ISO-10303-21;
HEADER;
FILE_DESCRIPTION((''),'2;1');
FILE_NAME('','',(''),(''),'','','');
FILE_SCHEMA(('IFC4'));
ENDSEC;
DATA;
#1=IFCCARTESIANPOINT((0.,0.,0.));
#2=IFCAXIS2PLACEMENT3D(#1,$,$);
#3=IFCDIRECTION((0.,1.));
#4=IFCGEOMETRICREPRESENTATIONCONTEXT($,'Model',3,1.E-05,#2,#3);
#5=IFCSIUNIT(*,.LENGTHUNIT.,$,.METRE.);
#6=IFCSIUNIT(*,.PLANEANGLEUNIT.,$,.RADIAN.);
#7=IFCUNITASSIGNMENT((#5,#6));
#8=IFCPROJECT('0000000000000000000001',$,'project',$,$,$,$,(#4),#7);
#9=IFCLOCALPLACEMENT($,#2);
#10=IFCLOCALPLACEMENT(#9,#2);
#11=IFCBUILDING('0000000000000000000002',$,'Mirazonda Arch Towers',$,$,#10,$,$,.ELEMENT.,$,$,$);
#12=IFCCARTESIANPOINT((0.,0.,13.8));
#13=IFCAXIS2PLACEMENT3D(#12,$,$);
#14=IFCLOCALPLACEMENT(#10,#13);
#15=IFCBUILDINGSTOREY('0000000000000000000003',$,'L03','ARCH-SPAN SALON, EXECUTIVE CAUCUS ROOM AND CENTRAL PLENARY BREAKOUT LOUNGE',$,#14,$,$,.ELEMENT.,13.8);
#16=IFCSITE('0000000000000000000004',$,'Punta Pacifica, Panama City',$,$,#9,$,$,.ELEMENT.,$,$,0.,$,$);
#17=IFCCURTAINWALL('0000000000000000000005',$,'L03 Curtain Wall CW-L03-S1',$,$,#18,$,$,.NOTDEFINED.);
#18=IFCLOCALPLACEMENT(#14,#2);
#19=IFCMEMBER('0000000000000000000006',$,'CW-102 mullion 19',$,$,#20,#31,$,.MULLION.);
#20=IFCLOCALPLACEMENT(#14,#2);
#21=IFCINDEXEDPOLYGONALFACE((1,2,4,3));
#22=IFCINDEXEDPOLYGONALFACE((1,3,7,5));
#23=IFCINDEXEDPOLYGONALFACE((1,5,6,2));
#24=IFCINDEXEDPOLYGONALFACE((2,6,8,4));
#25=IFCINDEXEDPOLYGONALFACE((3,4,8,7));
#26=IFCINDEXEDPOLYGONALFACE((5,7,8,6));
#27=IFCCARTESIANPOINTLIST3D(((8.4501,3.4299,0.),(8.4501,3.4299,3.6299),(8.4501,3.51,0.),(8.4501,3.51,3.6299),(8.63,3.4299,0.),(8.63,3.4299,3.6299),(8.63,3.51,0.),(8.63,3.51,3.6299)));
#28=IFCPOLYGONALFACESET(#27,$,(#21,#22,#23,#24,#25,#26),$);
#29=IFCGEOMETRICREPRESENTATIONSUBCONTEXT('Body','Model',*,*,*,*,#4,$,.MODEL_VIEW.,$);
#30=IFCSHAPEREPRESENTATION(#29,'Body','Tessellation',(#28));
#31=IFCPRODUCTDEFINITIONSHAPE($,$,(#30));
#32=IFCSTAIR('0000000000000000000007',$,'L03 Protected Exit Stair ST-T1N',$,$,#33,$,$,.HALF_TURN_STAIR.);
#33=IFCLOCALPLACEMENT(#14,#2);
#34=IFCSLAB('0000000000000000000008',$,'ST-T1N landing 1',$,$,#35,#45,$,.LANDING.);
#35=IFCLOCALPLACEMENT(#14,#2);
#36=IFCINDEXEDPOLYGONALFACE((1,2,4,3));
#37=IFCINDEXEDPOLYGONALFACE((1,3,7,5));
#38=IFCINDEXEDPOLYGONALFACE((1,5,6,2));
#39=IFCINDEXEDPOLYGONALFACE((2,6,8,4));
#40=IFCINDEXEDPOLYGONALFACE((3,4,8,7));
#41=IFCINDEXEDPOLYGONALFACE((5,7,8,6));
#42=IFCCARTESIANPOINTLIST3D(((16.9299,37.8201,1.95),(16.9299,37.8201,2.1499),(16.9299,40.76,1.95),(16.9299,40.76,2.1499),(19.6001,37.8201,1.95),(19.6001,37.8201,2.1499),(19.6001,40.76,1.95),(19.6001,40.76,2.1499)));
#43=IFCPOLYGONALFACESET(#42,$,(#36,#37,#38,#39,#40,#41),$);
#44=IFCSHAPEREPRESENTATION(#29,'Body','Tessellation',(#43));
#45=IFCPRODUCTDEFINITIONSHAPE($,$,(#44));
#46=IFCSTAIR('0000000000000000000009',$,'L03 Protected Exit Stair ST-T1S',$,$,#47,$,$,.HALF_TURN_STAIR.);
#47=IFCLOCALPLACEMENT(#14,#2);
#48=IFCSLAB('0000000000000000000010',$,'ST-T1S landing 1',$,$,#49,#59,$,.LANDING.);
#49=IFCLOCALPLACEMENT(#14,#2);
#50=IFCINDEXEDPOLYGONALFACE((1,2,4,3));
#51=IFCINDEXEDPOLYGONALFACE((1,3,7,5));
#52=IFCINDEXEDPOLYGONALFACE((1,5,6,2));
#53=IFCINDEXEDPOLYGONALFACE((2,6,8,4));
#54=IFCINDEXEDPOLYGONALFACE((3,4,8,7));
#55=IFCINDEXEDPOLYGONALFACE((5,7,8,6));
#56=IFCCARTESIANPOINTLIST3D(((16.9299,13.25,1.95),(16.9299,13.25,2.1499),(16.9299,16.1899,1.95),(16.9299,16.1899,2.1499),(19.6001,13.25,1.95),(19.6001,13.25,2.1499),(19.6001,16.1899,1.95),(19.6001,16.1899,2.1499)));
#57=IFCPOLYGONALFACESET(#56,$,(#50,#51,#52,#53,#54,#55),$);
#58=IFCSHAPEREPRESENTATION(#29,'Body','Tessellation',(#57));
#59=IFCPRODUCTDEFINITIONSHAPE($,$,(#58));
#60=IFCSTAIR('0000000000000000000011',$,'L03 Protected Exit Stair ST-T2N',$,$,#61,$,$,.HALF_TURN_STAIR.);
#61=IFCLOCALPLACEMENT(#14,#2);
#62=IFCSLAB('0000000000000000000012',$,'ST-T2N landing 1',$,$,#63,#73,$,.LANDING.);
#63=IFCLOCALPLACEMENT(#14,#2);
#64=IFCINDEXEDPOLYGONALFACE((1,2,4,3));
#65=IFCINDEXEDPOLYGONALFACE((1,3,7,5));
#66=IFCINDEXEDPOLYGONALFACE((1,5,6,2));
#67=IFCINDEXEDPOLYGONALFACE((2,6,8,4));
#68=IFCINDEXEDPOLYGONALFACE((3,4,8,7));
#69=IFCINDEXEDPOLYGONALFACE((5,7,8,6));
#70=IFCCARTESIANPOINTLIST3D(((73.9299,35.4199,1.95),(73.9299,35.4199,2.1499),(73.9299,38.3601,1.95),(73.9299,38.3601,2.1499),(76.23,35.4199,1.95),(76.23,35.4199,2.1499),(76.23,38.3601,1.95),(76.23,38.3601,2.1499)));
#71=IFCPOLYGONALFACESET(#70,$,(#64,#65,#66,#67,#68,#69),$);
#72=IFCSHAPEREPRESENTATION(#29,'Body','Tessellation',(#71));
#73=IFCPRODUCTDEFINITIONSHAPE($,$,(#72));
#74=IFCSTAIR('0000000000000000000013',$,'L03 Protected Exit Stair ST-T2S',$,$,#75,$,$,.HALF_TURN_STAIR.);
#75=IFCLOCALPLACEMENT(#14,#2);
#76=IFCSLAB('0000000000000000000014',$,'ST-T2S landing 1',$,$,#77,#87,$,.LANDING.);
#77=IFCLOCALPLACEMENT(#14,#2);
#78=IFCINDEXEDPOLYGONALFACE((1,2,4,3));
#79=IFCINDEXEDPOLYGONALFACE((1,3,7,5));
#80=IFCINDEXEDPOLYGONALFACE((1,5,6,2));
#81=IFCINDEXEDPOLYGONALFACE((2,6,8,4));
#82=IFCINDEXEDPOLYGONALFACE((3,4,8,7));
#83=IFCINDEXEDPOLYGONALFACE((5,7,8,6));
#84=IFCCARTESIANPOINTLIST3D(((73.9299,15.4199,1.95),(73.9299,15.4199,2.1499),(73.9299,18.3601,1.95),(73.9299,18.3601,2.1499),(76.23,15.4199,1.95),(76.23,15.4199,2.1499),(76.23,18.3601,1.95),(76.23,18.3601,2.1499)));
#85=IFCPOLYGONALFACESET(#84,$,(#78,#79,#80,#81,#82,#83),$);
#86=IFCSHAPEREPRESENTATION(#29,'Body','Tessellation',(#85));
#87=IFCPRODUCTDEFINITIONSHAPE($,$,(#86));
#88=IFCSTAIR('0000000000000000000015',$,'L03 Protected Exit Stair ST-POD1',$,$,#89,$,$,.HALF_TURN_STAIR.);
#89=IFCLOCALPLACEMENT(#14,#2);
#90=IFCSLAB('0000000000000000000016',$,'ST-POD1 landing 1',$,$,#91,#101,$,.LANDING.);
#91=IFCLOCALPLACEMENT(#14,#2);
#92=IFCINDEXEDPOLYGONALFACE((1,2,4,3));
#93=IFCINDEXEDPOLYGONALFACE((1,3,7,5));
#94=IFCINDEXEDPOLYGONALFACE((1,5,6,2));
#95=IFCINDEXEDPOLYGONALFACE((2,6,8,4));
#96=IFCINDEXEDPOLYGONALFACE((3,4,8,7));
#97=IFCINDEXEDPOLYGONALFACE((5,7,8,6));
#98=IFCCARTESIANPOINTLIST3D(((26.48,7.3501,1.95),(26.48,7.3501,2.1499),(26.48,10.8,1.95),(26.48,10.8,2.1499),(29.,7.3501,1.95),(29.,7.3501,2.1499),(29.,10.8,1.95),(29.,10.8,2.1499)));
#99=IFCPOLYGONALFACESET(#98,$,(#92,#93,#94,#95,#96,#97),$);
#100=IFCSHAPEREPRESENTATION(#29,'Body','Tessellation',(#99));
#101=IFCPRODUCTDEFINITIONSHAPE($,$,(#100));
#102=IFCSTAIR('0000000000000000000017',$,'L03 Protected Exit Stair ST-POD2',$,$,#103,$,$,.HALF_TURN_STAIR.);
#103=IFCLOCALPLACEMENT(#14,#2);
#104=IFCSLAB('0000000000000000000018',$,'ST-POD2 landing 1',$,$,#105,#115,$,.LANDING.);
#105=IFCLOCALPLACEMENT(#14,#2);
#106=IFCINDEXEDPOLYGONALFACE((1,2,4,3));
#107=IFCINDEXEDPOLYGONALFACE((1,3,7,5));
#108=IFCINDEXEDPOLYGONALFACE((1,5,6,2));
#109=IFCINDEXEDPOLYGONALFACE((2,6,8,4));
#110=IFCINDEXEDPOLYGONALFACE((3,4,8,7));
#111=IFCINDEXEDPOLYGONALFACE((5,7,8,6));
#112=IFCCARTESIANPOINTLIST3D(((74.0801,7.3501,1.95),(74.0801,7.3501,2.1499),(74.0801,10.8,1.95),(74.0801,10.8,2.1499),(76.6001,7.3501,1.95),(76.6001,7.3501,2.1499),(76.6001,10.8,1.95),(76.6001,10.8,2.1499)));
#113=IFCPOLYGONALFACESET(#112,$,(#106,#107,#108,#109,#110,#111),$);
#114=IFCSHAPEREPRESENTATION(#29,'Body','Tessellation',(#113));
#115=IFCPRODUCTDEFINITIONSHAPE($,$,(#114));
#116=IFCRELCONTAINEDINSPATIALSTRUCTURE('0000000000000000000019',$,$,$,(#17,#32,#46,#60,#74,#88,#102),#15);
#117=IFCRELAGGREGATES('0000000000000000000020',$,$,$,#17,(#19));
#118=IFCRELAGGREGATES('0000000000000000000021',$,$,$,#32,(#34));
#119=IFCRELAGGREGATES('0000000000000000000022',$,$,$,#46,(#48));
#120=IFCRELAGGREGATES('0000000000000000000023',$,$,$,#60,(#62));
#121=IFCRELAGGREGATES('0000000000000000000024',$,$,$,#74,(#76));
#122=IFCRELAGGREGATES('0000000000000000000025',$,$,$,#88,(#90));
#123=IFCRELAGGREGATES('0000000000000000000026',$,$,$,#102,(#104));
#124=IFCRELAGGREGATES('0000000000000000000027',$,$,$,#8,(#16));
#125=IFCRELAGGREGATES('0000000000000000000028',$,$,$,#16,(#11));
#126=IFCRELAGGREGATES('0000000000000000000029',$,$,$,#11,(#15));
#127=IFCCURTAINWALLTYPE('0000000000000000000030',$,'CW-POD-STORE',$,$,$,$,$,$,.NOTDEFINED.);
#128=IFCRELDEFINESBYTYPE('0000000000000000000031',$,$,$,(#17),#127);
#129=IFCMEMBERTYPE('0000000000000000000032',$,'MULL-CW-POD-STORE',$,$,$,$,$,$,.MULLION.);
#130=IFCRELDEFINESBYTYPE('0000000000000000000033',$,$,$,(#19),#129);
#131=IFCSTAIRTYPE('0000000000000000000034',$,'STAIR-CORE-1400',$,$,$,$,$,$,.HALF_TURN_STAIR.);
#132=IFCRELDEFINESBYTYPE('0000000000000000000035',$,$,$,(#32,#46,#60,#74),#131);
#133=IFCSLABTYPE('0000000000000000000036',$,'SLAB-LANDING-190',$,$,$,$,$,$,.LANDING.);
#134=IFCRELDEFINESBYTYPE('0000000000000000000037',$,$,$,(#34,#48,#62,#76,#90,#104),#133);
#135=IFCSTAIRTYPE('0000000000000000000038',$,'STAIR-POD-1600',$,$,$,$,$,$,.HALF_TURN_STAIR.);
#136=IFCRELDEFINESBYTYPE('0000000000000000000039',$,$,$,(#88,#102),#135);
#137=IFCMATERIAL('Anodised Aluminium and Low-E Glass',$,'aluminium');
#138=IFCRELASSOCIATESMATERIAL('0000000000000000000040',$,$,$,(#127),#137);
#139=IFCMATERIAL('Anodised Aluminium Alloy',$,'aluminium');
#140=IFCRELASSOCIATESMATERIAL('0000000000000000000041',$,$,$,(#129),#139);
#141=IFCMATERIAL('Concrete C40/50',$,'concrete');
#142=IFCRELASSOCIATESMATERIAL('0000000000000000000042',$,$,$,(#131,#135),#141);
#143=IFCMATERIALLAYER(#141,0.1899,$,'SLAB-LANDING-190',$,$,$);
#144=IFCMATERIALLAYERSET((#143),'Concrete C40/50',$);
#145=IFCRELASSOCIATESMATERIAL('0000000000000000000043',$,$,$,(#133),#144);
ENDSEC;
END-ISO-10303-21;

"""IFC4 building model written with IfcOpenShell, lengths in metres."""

from ifc_helpers import new_model, si_unit, direction, frame, origin, origin_2d, place, context, subcontext, project, spatial, polyline, rectangle, outline, extrude, material, layer, layer_set, material_profile, profile_set, type_object, element, aggregate, save


model = new_model("IFC4")

# Units and contexts
model_context = context("Model", 3, precision=1e-05, world=origin(), true_north=direction((0.0, 1.0)))
body_context = subcontext(model_context, "Body", "Model", "MODEL_VIEW")
ifc_project = project(units=[si_unit("LENGTHUNIT", "METRE"), si_unit("PLANEANGLEUNIT", "RADIAN")], contexts=[model_context])

# Site, building, storey
site_placement = place(None, origin())
site = spatial("IfcSite", under=ifc_project, at=site_placement, Name="Punta Pacifica, Panama City", CompositionType="ELEMENT", RefElevation=0.0)
building_placement = place(site_placement, origin())
building = spatial("IfcBuilding", under=site, at=building_placement, Name="Mirazonda Arch Towers", CompositionType="ELEMENT")
storey_placement = place(building_placement, frame((0.0, 0.0, 13.8)))
storey = spatial("IfcBuildingStorey", under=building, at=storey_placement, Name="L03", Description="ARCH-SPAN SALON, EXECUTIVE CAUCUS ROOM AND CENTRAL PLENARY BREAKOUT LOUNGE", CompositionType="ELEMENT", Elevation=13.8)

# Curtain wall, member
ifc_material_1 = material(Name="Anodised Aluminium and Low-E Glass", Category="aluminium")
curtain_wall_type = type_object("IfcCurtainWallType", Name="CW-POD-STORE", PredefinedType="NOTDEFINED", material=ifc_material_1)
curtain_wall_placement = place(storey_placement, origin())
curtain_wall = element("IfcCurtainWall", 1, at=curtain_wall_placement, inside=storey, type_object=curtain_wall_type, Name="L03 Curtain Wall CW-L03-S1", PredefinedType="NOTDEFINED")
ifc_material_2 = material(Name="Anodised Aluminium Alloy", Category="aluminium")
ifc_material_profile = material_profile(ifc_material_2, rectangle(XDim=0.0801, YDim=0.1799, at=origin_2d()), Name="ALU-MULL-80x180")
ifc_profile_set = profile_set([ifc_material_profile], Name="Anodised Aluminium Alloy")
member_type = type_object("IfcMemberType", Name="MULL-CW-POD-STORE", PredefinedType="MULLION", material=ifc_profile_set)
member_placement = place(storey_placement, frame((8.54, 3.47, 0.0), z_axis=(0.0, 0.0, 1.0), x_axis=(0.0, -1.0, 0.0)))
member = element("IfcMember", 2, at=member_placement, type_object=member_type, Name="CW-102 mullion 19", PredefinedType="MULLION", context=body_context, shape_type="SweptSolid", body=[
    extrude(rectangle(XDim=0.0801, YDim=0.1799, at=origin_2d()), origin(), (0.0, 0.0, 1.0), 3.6299),
])
aggregate(curtain_wall, [member])

# Stairs, slabs
ifc_material_3 = material(Name="Concrete C40/50", Category="concrete")
stair_type_1 = type_object("IfcStairType", Name="STAIR-CORE-1400", PredefinedType="HALF_TURN_STAIR", material=ifc_material_3)
stair_1_placement = place(storey_placement, origin())
stair_1 = element("IfcStair", 3, at=stair_1_placement, inside=storey, type_object=stair_type_1, Name="L03 Protected Exit Stair ST-T1N", PredefinedType="HALF_TURN_STAIR")
ifc_layer_1 = layer(ifc_material_3, 0.1899, Name="SLAB-LANDING-190")
ifc_layer_set_1 = layer_set([ifc_layer_1], Name="Concrete C40/50")
slab_type_1 = type_object("IfcSlabType", Name="SLAB-LANDING-190", PredefinedType="LANDING", material=ifc_layer_set_1)
slab_1_placement = place(storey_placement, frame((0.0, 0.0, 1.95)))
slab_1 = element("IfcSlab", 4, at=slab_1_placement, type_object=slab_type_1, Name="ST-T1N landing 1", PredefinedType="LANDING", context=body_context, shape_type="SweptSolid", body=[
    extrude(outline(polyline([(16.9299, 37.8201), (19.6001, 37.8201), (19.6001, 40.76), (16.9299, 40.76), (16.9299, 37.8201)])), origin(), (0.0, 0.0, 1.0), 0.2),
])
aggregate(stair_1, [slab_1])
stair_2_placement = place(storey_placement, origin())
stair_2 = element("IfcStair", 5, at=stair_2_placement, inside=storey, type_object=stair_type_1, Name="L03 Protected Exit Stair ST-T1S", PredefinedType="HALF_TURN_STAIR")
slab_2_placement = place(storey_placement, frame((0.0, 0.0, 1.95)))
slab_2 = element("IfcSlab", 6, at=slab_2_placement, type_object=slab_type_1, Name="ST-T1S landing 1", PredefinedType="LANDING", context=body_context, shape_type="SweptSolid", body=[
    extrude(outline(polyline([(16.9299, 13.25), (19.6001, 13.25), (19.6001, 16.1899), (16.9299, 16.1899), (16.9299, 13.25)])), origin(), (0.0, 0.0, 1.0), 0.2),
])
aggregate(stair_2, [slab_2])
stair_3_placement = place(storey_placement, origin())
stair_3 = element("IfcStair", 7, at=stair_3_placement, inside=storey, type_object=stair_type_1, Name="L03 Protected Exit Stair ST-T2N", PredefinedType="HALF_TURN_STAIR")
slab_3_placement = place(storey_placement, frame((0.0, 0.0, 1.95)))
slab_3 = element("IfcSlab", 8, at=slab_3_placement, type_object=slab_type_1, Name="ST-T2N landing 1", PredefinedType="LANDING", context=body_context, shape_type="SweptSolid", body=[
    extrude(outline(polyline([(73.9299, 35.4199), (76.23, 35.4199), (76.23, 38.3601), (73.9299, 38.3601), (73.9299, 35.4199)])), origin(), (0.0, 0.0, 1.0), 0.2),
])
aggregate(stair_3, [slab_3])
stair_4_placement = place(storey_placement, origin())
stair_4 = element("IfcStair", 9, at=stair_4_placement, inside=storey, type_object=stair_type_1, Name="L03 Protected Exit Stair ST-T2S", PredefinedType="HALF_TURN_STAIR")
slab_4_placement = place(storey_placement, frame((0.0, 0.0, 1.95)))
slab_4 = element("IfcSlab", 10, at=slab_4_placement, type_object=slab_type_1, Name="ST-T2S landing 1", PredefinedType="LANDING", context=body_context, shape_type="SweptSolid", body=[
    extrude(outline(polyline([(73.9299, 15.4199), (76.23, 15.4199), (76.23, 18.3601), (73.9299, 18.3601), (73.9299, 15.4199)])), origin(), (0.0, 0.0, 1.0), 0.2),
])
aggregate(stair_4, [slab_4])
stair_type_2 = type_object("IfcStairType", Name="STAIR-POD-1600", PredefinedType="HALF_TURN_STAIR", material=ifc_material_3)
stair_5_placement = place(storey_placement, origin())
stair_5 = element("IfcStair", 11, at=stair_5_placement, inside=storey, type_object=stair_type_2, Name="L03 Protected Exit Stair ST-POD1", PredefinedType="HALF_TURN_STAIR")
slab_5_placement = place(storey_placement, frame((0.0, 0.0, 1.95)))
slab_5 = element("IfcSlab", 12, at=slab_5_placement, type_object=slab_type_1, Name="ST-POD1 landing 1", PredefinedType="LANDING", context=body_context, shape_type="SweptSolid", body=[
    extrude(outline(polyline([(26.48, 7.3501), (29.0, 7.3501), (29.0, 10.8), (26.48, 10.8), (26.48, 7.3501)])), origin(), (0.0, 0.0, 1.0), 0.2),
])
aggregate(stair_5, [slab_5])
stair_6_placement = place(storey_placement, origin())
stair_6 = element("IfcStair", 13, at=stair_6_placement, inside=storey, type_object=stair_type_2, Name="L03 Protected Exit Stair ST-POD2", PredefinedType="HALF_TURN_STAIR")
slab_6_placement = place(storey_placement, frame((0.0, 0.0, 1.95)))
slab_6 = element("IfcSlab", 14, at=slab_6_placement, type_object=slab_type_1, Name="ST-POD2 landing 1", PredefinedType="LANDING", context=body_context, shape_type="SweptSolid", body=[
    extrude(outline(polyline([(74.0801, 7.3501), (76.6001, 7.3501), (76.6001, 10.8), (74.0801, 10.8), (74.0801, 7.3501)])), origin(), (0.0, 0.0, 1.0), 0.2),
])
aggregate(stair_6, [slab_6])

save(model, "model.ifc")
